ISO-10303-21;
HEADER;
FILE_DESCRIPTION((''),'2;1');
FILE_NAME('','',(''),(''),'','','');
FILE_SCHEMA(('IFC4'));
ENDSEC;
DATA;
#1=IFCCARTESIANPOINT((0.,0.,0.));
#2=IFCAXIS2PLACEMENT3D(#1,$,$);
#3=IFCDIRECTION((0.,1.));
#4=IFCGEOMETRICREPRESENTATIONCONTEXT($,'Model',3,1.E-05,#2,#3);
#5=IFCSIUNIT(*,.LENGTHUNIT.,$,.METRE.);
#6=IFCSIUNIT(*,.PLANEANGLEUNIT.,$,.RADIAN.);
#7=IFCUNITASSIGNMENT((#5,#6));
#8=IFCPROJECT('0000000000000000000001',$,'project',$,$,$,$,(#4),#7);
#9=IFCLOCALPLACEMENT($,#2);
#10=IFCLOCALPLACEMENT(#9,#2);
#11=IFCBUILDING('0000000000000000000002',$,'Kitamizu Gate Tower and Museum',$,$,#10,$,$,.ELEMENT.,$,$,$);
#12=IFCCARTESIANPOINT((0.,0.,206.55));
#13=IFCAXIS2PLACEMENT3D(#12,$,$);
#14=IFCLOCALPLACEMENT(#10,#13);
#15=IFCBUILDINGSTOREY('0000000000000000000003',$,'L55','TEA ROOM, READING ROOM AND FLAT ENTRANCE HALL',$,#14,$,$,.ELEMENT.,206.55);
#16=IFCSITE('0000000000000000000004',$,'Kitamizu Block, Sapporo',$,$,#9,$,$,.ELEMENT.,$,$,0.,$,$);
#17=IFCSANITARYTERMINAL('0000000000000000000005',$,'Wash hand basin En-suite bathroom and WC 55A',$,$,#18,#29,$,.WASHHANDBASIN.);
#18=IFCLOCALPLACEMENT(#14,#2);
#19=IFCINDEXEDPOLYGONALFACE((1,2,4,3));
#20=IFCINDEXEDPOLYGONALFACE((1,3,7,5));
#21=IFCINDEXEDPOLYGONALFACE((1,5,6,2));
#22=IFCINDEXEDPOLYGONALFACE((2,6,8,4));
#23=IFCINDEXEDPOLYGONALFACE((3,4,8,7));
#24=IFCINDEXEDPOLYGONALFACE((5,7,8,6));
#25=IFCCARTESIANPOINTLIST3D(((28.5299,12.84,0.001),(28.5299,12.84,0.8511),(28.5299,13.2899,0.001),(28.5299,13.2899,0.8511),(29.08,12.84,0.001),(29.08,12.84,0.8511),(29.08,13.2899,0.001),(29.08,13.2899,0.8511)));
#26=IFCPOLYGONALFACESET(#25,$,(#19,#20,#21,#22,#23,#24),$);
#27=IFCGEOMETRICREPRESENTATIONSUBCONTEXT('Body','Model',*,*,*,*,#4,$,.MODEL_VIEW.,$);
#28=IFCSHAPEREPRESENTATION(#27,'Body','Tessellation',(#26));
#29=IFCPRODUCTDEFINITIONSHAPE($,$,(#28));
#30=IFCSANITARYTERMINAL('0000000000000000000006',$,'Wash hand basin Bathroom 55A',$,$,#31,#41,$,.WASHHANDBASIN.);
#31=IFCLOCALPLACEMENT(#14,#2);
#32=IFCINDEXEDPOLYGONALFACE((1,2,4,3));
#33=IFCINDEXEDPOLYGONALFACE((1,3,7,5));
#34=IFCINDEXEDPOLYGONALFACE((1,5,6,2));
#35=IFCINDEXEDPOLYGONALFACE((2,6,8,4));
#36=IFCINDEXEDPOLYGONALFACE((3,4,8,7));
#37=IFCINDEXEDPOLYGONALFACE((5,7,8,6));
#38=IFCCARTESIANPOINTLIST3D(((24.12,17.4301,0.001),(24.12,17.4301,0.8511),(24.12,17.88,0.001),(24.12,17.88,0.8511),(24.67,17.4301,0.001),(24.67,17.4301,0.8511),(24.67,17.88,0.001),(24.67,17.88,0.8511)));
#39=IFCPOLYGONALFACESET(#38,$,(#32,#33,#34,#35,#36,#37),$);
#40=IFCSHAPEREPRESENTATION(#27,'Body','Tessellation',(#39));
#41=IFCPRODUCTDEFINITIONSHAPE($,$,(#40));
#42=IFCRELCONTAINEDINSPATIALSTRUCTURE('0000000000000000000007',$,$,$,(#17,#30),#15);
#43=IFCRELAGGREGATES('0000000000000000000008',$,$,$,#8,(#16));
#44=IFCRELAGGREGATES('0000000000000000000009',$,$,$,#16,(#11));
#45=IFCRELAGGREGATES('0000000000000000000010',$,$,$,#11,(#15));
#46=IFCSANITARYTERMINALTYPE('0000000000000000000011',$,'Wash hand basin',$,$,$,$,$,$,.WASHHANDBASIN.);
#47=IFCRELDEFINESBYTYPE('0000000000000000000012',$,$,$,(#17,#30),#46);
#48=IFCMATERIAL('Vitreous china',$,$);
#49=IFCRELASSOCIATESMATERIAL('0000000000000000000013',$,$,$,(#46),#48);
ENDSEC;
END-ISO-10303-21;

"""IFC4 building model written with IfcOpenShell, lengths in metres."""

from ifc_helpers import new_model, si_unit, direction, frame, origin, origin_2d, place, context, subcontext, project, spatial, rectangle, extrude, material, type_object, element, save


model = new_model("IFC4")

# Units and contexts
model_context = context("Model", 3, precision=1e-05, world=origin(), true_north=direction((0.0, 1.0)))
body_context = subcontext(model_context, "Body", "Model", "MODEL_VIEW")
ifc_project = project(units=[si_unit("LENGTHUNIT", "METRE"), si_unit("PLANEANGLEUNIT", "RADIAN")], contexts=[model_context])

# Site, building, storey
site_placement = place(None, origin())
site = spatial("IfcSite", under=ifc_project, at=site_placement, Name="Kitamizu Block, Sapporo", CompositionType="ELEMENT", RefElevation=0.0)
building_placement = place(site_placement, origin())
building = spatial("IfcBuilding", under=site, at=building_placement, Name="Kitamizu Gate Tower and Museum", CompositionType="ELEMENT")
storey_placement = place(building_placement, frame((0.0, 0.0, 206.55)))
storey = spatial("IfcBuildingStorey", under=building, at=storey_placement, Name="L55", Description="TEA ROOM, READING ROOM AND FLAT ENTRANCE HALL", CompositionType="ELEMENT", Elevation=206.55)

# Sanitary terminals
ifc_material_1 = material(Name="Vitreous china")
sanitary_terminal_type_1 = type_object("IfcSanitaryTerminalType", Name="Wash hand basin", PredefinedType="WASHHANDBASIN", material=ifc_material_1)
for number, where, z_axis, x_axis, name in (
    (1, (28.8049, 13.0649, 0.001), (0.0, 0.0, 1.0), (1.0, 0.0, 0.0), "Wash hand basin En-suite bathroom and WC 55A"),
    (2, (24.395, 17.655, 0.001), (0.0, 0.0, 1.0), (1.0, 0.0, 0.0), "Wash hand basin Bathroom 55A"),
):
    element("IfcSanitaryTerminal", number, at=place(storey_placement, frame(where, z_axis=z_axis, x_axis=x_axis)), inside=storey, type_object=sanitary_terminal_type_1, Name=name, PredefinedType="WASHHANDBASIN", context=body_context, shape_type="SweptSolid", body=[
        extrude(rectangle(XDim=0.55, YDim=0.45, at=origin_2d()), origin(), (0.0, 0.0, 1.0), 0.8501),
    ])

save(model, "model.ifc")
